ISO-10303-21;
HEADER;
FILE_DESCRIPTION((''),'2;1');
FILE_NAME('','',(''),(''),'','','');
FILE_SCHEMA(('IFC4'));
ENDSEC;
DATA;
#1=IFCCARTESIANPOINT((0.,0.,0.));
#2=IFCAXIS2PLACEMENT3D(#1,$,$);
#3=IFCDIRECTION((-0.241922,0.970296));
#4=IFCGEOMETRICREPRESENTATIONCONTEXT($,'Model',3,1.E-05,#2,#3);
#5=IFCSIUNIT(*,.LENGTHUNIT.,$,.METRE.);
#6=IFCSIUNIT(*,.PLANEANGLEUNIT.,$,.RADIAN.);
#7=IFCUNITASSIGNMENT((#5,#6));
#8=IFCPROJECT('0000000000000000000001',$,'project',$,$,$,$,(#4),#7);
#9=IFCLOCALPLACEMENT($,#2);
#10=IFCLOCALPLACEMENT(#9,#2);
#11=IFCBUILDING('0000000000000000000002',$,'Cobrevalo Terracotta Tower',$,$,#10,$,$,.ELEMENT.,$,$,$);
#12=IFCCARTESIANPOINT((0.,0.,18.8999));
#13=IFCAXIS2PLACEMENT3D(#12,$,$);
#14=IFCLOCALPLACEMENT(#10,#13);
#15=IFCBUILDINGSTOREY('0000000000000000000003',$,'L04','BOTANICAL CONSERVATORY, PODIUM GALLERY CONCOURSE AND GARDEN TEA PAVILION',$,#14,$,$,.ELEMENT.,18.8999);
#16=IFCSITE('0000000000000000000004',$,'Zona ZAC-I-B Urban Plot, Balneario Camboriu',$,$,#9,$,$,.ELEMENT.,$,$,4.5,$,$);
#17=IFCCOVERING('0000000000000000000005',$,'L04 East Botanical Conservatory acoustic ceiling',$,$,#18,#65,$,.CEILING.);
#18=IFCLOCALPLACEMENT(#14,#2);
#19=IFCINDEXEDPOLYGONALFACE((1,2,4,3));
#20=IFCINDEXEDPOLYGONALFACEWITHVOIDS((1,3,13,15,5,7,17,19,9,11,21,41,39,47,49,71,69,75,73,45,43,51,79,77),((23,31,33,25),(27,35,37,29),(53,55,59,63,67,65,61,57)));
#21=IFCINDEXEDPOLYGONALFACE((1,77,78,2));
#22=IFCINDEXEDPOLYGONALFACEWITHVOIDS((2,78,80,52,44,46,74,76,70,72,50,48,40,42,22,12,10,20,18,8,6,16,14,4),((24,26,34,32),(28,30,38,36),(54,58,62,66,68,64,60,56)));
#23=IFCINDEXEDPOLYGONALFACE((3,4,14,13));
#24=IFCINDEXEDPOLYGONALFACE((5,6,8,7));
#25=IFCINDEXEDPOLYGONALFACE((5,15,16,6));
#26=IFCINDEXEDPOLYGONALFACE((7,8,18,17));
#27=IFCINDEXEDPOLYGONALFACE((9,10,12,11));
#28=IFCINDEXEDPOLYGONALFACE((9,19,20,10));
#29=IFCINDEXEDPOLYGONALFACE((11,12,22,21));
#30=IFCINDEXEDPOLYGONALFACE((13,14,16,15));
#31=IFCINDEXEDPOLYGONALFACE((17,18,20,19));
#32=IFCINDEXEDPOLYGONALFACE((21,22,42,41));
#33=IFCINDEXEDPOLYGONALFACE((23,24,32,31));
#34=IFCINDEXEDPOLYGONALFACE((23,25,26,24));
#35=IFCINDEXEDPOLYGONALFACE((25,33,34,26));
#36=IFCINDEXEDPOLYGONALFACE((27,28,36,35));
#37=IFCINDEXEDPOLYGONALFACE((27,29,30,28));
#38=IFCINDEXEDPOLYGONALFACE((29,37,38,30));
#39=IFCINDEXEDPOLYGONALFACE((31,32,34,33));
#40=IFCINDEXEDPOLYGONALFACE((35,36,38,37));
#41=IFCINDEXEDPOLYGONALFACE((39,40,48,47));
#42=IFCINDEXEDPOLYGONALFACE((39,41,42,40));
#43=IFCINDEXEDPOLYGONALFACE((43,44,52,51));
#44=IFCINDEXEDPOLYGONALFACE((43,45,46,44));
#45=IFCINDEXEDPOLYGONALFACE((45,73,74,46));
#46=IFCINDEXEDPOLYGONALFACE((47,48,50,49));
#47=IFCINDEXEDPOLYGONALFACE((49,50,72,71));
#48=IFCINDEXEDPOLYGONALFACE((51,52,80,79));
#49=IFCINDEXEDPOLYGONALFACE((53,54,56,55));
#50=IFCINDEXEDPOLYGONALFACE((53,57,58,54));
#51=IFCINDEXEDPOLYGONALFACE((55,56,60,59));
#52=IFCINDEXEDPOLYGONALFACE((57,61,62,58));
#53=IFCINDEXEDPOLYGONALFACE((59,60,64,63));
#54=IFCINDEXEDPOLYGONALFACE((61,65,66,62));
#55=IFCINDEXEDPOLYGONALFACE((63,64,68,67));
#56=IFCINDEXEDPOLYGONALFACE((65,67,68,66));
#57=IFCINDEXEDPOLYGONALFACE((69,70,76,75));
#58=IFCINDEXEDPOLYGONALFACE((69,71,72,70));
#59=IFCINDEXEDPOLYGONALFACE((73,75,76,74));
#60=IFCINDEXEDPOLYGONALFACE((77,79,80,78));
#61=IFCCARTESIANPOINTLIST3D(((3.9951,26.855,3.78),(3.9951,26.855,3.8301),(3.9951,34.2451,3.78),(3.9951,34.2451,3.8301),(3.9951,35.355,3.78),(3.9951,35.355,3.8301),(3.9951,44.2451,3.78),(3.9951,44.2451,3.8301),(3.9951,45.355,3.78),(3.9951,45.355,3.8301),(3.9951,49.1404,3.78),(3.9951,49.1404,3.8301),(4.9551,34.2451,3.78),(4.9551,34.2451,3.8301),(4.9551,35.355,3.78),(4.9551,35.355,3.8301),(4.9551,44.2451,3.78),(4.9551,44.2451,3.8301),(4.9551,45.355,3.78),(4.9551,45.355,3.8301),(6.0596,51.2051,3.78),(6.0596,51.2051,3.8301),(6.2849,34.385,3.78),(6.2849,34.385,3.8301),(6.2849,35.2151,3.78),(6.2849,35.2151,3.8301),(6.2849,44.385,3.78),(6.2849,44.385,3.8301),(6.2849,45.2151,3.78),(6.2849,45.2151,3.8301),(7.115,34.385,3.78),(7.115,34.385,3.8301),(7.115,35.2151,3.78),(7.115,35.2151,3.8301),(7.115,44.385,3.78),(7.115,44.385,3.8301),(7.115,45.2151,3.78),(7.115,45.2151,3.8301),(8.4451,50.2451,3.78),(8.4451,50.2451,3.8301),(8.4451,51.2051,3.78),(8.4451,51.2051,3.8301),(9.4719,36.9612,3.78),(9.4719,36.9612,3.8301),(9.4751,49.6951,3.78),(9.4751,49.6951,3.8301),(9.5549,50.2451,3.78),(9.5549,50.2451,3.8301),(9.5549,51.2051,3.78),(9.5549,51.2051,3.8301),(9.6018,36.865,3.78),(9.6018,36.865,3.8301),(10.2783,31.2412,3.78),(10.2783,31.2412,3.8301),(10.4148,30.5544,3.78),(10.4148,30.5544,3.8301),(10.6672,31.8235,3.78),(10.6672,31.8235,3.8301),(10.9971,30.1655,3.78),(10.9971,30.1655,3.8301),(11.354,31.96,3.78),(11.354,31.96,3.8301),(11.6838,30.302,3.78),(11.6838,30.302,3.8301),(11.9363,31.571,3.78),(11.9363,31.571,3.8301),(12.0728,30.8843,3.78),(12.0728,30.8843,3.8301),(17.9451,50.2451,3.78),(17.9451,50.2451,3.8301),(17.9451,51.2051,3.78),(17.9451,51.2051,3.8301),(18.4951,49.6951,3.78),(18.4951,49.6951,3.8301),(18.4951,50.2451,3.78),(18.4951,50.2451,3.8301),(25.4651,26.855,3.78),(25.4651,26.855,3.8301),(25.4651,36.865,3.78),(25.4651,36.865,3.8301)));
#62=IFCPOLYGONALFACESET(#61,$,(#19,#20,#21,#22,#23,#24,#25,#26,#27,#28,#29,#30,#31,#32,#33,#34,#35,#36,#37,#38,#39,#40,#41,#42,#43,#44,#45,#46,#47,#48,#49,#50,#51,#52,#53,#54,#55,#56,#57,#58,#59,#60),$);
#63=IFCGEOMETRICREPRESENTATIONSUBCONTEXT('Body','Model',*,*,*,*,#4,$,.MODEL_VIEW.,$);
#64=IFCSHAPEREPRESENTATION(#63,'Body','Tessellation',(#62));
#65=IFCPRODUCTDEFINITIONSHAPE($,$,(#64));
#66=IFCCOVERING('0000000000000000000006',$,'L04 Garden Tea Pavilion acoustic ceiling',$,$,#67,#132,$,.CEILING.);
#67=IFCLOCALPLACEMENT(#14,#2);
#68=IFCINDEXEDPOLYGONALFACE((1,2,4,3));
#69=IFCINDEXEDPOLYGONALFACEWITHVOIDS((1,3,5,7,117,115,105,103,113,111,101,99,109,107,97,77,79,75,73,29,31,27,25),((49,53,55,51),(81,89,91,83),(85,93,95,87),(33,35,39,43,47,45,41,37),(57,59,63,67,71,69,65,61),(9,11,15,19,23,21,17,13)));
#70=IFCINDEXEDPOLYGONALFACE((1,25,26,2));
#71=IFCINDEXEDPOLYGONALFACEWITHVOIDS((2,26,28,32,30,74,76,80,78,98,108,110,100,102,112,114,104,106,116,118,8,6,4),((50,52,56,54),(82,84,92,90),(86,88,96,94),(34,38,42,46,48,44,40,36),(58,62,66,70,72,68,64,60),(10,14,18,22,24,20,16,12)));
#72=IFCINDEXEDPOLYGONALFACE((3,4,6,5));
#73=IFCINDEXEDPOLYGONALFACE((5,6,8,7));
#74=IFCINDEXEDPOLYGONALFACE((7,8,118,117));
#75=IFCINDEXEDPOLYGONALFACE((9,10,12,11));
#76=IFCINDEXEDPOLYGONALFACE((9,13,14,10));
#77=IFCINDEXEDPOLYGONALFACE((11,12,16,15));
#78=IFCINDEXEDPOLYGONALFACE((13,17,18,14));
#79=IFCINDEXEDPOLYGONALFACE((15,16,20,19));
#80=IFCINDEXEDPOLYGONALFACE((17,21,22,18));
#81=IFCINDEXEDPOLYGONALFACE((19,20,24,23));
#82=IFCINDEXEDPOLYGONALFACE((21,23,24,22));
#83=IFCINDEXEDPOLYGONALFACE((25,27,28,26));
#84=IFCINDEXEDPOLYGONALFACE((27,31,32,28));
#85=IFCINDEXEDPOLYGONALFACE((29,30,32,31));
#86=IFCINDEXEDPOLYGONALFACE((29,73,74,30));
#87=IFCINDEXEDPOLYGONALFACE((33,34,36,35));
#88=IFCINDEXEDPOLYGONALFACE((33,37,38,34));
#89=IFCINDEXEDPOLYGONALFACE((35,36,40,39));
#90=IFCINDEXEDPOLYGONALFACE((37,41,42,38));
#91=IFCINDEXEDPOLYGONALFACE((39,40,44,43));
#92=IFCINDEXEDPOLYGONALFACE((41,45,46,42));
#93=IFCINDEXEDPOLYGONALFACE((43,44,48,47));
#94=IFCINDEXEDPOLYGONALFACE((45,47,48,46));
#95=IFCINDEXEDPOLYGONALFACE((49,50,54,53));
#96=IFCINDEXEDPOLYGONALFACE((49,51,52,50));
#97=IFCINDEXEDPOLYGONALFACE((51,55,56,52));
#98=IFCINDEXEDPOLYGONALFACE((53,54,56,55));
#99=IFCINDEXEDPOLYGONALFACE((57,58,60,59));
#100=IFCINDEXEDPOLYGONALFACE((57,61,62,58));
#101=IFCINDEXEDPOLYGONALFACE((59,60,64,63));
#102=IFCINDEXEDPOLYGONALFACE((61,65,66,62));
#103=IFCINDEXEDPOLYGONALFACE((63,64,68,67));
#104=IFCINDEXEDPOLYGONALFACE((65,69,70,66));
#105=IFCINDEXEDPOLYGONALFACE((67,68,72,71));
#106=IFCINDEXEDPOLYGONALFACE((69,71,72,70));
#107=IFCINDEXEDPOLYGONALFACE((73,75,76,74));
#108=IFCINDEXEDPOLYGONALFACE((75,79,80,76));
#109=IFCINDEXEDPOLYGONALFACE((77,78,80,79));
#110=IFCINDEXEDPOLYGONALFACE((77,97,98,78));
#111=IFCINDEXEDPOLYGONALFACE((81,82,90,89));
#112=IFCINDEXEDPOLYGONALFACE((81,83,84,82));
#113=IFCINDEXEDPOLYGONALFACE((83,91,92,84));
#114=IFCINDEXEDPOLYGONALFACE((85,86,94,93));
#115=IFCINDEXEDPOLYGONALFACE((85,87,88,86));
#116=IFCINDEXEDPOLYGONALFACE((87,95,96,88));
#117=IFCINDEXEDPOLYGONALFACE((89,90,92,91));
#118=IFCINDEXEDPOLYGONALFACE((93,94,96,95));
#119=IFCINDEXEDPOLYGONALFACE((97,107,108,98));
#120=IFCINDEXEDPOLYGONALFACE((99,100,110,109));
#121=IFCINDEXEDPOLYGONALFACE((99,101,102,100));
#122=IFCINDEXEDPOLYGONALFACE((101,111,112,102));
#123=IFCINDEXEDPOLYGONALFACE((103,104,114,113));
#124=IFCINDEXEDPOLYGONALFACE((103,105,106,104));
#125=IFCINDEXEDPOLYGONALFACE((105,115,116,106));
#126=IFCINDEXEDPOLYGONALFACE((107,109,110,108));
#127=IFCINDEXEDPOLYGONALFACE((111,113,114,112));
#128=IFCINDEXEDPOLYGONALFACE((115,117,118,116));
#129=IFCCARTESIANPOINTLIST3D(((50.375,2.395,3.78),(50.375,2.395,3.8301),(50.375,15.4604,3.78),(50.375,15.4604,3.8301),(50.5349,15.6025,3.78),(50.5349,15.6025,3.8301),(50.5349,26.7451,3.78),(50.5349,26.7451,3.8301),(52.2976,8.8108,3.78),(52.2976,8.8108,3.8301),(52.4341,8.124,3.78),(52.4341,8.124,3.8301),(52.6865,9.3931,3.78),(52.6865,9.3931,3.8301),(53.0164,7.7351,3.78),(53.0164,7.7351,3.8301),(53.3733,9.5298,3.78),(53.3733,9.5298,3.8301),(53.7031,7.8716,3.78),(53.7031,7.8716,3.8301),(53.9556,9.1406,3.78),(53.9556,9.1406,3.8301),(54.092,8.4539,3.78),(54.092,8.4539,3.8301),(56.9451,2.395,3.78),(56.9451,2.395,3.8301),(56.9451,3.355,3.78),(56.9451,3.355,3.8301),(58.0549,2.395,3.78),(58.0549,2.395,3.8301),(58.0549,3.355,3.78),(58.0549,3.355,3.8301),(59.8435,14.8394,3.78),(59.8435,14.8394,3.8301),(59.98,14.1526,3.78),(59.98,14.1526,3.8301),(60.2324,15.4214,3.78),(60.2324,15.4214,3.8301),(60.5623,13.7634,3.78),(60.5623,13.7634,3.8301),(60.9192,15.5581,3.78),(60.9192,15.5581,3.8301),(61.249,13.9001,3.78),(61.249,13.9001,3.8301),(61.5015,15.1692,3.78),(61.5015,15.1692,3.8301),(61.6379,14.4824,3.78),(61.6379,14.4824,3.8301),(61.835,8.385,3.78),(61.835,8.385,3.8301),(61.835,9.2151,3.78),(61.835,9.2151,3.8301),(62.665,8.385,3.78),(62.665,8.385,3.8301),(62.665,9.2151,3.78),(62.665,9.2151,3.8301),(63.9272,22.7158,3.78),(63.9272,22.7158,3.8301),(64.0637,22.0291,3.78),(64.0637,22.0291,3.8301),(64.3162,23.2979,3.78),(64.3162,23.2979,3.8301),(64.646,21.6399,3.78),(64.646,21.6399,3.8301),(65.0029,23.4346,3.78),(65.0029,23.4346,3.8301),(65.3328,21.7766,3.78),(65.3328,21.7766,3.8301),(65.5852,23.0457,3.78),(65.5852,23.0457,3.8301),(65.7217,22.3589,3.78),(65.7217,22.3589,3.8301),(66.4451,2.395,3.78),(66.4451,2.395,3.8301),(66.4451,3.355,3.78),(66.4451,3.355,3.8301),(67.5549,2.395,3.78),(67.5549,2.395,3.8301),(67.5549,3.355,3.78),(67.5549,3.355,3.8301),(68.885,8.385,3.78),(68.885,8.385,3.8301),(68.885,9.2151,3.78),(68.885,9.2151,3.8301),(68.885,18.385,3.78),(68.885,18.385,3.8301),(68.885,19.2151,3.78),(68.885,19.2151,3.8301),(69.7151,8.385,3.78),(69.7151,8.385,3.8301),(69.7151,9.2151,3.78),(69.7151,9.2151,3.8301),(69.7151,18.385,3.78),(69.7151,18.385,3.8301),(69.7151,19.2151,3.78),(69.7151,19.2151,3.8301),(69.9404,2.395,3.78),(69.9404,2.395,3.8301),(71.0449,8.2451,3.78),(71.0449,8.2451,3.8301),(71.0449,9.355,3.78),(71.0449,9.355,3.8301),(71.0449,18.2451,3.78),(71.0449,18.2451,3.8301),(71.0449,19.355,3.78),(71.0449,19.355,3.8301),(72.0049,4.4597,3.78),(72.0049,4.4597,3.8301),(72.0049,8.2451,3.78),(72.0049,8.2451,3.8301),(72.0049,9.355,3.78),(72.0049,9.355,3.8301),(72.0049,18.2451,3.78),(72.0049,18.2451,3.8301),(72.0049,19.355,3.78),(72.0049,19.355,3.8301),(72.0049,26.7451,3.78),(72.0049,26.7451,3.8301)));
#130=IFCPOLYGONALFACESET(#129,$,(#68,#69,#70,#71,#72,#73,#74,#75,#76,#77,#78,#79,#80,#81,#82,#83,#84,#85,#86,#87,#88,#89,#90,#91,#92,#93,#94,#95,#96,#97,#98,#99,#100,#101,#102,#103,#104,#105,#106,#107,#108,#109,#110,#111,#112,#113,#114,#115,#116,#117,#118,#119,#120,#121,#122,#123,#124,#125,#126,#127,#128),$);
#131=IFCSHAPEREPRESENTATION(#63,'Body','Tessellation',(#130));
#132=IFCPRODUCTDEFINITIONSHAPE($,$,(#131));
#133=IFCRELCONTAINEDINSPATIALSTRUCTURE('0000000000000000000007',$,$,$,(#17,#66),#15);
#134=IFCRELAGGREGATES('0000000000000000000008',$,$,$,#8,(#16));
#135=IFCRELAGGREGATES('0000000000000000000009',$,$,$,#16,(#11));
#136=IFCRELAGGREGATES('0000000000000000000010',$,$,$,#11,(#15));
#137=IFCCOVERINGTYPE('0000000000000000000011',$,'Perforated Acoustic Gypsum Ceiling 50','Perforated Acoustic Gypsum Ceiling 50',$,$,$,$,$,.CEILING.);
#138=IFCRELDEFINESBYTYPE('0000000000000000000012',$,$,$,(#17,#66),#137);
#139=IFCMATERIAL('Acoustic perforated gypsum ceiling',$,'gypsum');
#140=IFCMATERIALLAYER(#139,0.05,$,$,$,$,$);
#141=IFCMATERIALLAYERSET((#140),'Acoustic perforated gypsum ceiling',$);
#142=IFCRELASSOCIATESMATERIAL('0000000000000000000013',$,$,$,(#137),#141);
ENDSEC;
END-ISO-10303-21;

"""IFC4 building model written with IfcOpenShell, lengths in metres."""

from ifc_helpers import new_model, si_unit, direction, frame, origin, place, context, subcontext, project, spatial, polyline, outline, extrude, material, layer, layer_set, type_object, element, save


model = new_model("IFC4")

# Units and contexts
model_context = context("Model", 3, precision=1e-05, world=origin(), true_north=direction((-0.241922, 0.970296)))
body_context = subcontext(model_context, "Body", "Model", "MODEL_VIEW")
ifc_project = project(units=[si_unit("LENGTHUNIT", "METRE"), si_unit("PLANEANGLEUNIT", "RADIAN")], contexts=[model_context])

# Site, building, storey
site_placement = place(None, origin())
site = spatial("IfcSite", under=ifc_project, at=site_placement, Name="Zona ZAC-I-B Urban Plot, Balneario Camboriu", CompositionType="ELEMENT", RefElevation=4.5)
building_placement = place(site_placement, origin())
building = spatial("IfcBuilding", under=site, at=building_placement, Name="Cobrevalo Terracotta Tower", CompositionType="ELEMENT")
storey_placement = place(building_placement, frame((0.0, 0.0, 18.8999)))
storey = spatial("IfcBuildingStorey", under=building, at=storey_placement, Name="L04", Description="BOTANICAL CONSERVATORY, PODIUM GALLERY CONCOURSE AND GARDEN TEA PAVILION", CompositionType="ELEMENT", Elevation=18.8999)

# Coverings
ifc_material_1 = material(Name="Acoustic perforated gypsum ceiling", Category="gypsum")
ifc_layer_1 = layer(ifc_material_1, 0.05)
ifc_layer_set_1 = layer_set([ifc_layer_1], Name="Acoustic perforated gypsum ceiling")
covering_type_1 = type_object("IfcCoveringType", Name="Perforated Acoustic Gypsum Ceiling 50", Description="Perforated Acoustic Gypsum Ceiling 50", PredefinedType="CEILING", material=ifc_layer_set_1)
covering_1_placement = place(storey_placement, frame((0.0, 0.0, 3.78)))
element("IfcCovering", 1, at=covering_1_placement, inside=storey, type_object=covering_type_1, Name="L04 East Botanical Conservatory acoustic ceiling", PredefinedType="CEILING", context=body_context, shape_type="SweptSolid", body=[
    extrude(outline(polyline([(6.0596, 51.2051), (8.4451, 51.2051), (8.4451, 50.2451), (9.5549, 50.2451), (9.5549, 51.2051), (17.9451, 51.2051), (17.9451, 50.2451), (18.4951, 50.2451), (18.4951, 49.6951), (9.4751, 49.6951), (9.4719, 36.9612), (9.6018, 36.865), (25.4651, 36.865), (25.4651, 26.855), (3.9951, 26.855), (3.9951, 34.2451), (4.9551, 34.2451), (4.9551, 35.355), (3.9951, 35.355), (3.9951, 44.2451), (4.9551, 44.2451), (4.9551, 45.355), (3.9951, 45.355), (3.9951, 49.1404), (6.0596, 51.2051)]), holes=[polyline([(11.6838, 30.302), (12.0728, 30.8843), (11.9363, 31.571), (11.354, 31.96), (10.6672, 31.8235), (10.2783, 31.2412), (10.4148, 30.5544), (10.9971, 30.1655), (11.6838, 30.302)]), polyline([(6.2849, 35.2151), (6.2849, 34.385), (7.115, 34.385), (7.115, 35.2151), (6.2849, 35.2151)]), polyline([(6.2849, 45.2151), (6.2849, 44.385), (7.115, 44.385), (7.115, 45.2151), (6.2849, 45.2151)])]), origin(), (0.0, 0.0, 1.0), 0.05),
])
covering_2_placement = place(storey_placement, frame((0.0, 0.0, 3.78)))
element("IfcCovering", 2, at=covering_2_placement, inside=storey, type_object=covering_type_1, Name="L04 Garden Tea Pavilion acoustic ceiling", PredefinedType="CEILING", context=body_context, shape_type="SweptSolid", body=[
    extrude(outline(polyline([(69.9404, 2.395), (67.5549, 2.395), (67.5549, 3.355), (66.4451, 3.355), (66.4451, 2.395), (58.0549, 2.395), (58.0549, 3.355), (56.9451, 3.355), (56.9451, 2.395), (50.375, 2.395), (50.375, 15.4604), (50.5349, 15.6025), (50.5349, 26.7451), (72.0049, 26.7451), (72.0049, 19.355), (71.0449, 19.355), (71.0449, 18.2451), (72.0049, 18.2451), (72.0049, 9.355), (71.0449, 9.355), (71.0449, 8.2451), (72.0049, 8.2451), (72.0049, 4.4597), (69.9404, 2.395)]), holes=[polyline([(68.885, 8.385), (69.7151, 8.385), (69.7151, 9.2151), (68.885, 9.2151), (68.885, 8.385)]), polyline([(68.885, 19.2151), (68.885, 18.385), (69.7151, 18.385), (69.7151, 19.2151), (68.885, 19.2151)]), polyline([(65.3328, 21.7766), (65.7217, 22.3589), (65.5852, 23.0457), (65.0029, 23.4346), (64.3162, 23.2979), (63.9272, 22.7158), (64.0637, 22.0291), (64.646, 21.6399), (65.3328, 21.7766)]), polyline([(61.835, 9.2151), (61.835, 8.385), (62.665, 8.385), (62.665, 9.2151), (61.835, 9.2151)]), polyline([(61.249, 13.9001), (61.6379, 14.4824), (61.5015, 15.1692), (60.9192, 15.5581), (60.2324, 15.4214), (59.8435, 14.8394), (59.98, 14.1526), (60.5623, 13.7634), (61.249, 13.9001)]), polyline([(53.7031, 7.8716), (54.092, 8.4539), (53.9556, 9.1406), (53.3733, 9.5298), (52.6865, 9.3931), (52.2976, 8.8108), (52.4341, 8.124), (53.0164, 7.7351), (53.7031, 7.8716)])]), origin(), (0.0, 0.0, 1.0), 0.05),
])

save(model, "model.ifc")
